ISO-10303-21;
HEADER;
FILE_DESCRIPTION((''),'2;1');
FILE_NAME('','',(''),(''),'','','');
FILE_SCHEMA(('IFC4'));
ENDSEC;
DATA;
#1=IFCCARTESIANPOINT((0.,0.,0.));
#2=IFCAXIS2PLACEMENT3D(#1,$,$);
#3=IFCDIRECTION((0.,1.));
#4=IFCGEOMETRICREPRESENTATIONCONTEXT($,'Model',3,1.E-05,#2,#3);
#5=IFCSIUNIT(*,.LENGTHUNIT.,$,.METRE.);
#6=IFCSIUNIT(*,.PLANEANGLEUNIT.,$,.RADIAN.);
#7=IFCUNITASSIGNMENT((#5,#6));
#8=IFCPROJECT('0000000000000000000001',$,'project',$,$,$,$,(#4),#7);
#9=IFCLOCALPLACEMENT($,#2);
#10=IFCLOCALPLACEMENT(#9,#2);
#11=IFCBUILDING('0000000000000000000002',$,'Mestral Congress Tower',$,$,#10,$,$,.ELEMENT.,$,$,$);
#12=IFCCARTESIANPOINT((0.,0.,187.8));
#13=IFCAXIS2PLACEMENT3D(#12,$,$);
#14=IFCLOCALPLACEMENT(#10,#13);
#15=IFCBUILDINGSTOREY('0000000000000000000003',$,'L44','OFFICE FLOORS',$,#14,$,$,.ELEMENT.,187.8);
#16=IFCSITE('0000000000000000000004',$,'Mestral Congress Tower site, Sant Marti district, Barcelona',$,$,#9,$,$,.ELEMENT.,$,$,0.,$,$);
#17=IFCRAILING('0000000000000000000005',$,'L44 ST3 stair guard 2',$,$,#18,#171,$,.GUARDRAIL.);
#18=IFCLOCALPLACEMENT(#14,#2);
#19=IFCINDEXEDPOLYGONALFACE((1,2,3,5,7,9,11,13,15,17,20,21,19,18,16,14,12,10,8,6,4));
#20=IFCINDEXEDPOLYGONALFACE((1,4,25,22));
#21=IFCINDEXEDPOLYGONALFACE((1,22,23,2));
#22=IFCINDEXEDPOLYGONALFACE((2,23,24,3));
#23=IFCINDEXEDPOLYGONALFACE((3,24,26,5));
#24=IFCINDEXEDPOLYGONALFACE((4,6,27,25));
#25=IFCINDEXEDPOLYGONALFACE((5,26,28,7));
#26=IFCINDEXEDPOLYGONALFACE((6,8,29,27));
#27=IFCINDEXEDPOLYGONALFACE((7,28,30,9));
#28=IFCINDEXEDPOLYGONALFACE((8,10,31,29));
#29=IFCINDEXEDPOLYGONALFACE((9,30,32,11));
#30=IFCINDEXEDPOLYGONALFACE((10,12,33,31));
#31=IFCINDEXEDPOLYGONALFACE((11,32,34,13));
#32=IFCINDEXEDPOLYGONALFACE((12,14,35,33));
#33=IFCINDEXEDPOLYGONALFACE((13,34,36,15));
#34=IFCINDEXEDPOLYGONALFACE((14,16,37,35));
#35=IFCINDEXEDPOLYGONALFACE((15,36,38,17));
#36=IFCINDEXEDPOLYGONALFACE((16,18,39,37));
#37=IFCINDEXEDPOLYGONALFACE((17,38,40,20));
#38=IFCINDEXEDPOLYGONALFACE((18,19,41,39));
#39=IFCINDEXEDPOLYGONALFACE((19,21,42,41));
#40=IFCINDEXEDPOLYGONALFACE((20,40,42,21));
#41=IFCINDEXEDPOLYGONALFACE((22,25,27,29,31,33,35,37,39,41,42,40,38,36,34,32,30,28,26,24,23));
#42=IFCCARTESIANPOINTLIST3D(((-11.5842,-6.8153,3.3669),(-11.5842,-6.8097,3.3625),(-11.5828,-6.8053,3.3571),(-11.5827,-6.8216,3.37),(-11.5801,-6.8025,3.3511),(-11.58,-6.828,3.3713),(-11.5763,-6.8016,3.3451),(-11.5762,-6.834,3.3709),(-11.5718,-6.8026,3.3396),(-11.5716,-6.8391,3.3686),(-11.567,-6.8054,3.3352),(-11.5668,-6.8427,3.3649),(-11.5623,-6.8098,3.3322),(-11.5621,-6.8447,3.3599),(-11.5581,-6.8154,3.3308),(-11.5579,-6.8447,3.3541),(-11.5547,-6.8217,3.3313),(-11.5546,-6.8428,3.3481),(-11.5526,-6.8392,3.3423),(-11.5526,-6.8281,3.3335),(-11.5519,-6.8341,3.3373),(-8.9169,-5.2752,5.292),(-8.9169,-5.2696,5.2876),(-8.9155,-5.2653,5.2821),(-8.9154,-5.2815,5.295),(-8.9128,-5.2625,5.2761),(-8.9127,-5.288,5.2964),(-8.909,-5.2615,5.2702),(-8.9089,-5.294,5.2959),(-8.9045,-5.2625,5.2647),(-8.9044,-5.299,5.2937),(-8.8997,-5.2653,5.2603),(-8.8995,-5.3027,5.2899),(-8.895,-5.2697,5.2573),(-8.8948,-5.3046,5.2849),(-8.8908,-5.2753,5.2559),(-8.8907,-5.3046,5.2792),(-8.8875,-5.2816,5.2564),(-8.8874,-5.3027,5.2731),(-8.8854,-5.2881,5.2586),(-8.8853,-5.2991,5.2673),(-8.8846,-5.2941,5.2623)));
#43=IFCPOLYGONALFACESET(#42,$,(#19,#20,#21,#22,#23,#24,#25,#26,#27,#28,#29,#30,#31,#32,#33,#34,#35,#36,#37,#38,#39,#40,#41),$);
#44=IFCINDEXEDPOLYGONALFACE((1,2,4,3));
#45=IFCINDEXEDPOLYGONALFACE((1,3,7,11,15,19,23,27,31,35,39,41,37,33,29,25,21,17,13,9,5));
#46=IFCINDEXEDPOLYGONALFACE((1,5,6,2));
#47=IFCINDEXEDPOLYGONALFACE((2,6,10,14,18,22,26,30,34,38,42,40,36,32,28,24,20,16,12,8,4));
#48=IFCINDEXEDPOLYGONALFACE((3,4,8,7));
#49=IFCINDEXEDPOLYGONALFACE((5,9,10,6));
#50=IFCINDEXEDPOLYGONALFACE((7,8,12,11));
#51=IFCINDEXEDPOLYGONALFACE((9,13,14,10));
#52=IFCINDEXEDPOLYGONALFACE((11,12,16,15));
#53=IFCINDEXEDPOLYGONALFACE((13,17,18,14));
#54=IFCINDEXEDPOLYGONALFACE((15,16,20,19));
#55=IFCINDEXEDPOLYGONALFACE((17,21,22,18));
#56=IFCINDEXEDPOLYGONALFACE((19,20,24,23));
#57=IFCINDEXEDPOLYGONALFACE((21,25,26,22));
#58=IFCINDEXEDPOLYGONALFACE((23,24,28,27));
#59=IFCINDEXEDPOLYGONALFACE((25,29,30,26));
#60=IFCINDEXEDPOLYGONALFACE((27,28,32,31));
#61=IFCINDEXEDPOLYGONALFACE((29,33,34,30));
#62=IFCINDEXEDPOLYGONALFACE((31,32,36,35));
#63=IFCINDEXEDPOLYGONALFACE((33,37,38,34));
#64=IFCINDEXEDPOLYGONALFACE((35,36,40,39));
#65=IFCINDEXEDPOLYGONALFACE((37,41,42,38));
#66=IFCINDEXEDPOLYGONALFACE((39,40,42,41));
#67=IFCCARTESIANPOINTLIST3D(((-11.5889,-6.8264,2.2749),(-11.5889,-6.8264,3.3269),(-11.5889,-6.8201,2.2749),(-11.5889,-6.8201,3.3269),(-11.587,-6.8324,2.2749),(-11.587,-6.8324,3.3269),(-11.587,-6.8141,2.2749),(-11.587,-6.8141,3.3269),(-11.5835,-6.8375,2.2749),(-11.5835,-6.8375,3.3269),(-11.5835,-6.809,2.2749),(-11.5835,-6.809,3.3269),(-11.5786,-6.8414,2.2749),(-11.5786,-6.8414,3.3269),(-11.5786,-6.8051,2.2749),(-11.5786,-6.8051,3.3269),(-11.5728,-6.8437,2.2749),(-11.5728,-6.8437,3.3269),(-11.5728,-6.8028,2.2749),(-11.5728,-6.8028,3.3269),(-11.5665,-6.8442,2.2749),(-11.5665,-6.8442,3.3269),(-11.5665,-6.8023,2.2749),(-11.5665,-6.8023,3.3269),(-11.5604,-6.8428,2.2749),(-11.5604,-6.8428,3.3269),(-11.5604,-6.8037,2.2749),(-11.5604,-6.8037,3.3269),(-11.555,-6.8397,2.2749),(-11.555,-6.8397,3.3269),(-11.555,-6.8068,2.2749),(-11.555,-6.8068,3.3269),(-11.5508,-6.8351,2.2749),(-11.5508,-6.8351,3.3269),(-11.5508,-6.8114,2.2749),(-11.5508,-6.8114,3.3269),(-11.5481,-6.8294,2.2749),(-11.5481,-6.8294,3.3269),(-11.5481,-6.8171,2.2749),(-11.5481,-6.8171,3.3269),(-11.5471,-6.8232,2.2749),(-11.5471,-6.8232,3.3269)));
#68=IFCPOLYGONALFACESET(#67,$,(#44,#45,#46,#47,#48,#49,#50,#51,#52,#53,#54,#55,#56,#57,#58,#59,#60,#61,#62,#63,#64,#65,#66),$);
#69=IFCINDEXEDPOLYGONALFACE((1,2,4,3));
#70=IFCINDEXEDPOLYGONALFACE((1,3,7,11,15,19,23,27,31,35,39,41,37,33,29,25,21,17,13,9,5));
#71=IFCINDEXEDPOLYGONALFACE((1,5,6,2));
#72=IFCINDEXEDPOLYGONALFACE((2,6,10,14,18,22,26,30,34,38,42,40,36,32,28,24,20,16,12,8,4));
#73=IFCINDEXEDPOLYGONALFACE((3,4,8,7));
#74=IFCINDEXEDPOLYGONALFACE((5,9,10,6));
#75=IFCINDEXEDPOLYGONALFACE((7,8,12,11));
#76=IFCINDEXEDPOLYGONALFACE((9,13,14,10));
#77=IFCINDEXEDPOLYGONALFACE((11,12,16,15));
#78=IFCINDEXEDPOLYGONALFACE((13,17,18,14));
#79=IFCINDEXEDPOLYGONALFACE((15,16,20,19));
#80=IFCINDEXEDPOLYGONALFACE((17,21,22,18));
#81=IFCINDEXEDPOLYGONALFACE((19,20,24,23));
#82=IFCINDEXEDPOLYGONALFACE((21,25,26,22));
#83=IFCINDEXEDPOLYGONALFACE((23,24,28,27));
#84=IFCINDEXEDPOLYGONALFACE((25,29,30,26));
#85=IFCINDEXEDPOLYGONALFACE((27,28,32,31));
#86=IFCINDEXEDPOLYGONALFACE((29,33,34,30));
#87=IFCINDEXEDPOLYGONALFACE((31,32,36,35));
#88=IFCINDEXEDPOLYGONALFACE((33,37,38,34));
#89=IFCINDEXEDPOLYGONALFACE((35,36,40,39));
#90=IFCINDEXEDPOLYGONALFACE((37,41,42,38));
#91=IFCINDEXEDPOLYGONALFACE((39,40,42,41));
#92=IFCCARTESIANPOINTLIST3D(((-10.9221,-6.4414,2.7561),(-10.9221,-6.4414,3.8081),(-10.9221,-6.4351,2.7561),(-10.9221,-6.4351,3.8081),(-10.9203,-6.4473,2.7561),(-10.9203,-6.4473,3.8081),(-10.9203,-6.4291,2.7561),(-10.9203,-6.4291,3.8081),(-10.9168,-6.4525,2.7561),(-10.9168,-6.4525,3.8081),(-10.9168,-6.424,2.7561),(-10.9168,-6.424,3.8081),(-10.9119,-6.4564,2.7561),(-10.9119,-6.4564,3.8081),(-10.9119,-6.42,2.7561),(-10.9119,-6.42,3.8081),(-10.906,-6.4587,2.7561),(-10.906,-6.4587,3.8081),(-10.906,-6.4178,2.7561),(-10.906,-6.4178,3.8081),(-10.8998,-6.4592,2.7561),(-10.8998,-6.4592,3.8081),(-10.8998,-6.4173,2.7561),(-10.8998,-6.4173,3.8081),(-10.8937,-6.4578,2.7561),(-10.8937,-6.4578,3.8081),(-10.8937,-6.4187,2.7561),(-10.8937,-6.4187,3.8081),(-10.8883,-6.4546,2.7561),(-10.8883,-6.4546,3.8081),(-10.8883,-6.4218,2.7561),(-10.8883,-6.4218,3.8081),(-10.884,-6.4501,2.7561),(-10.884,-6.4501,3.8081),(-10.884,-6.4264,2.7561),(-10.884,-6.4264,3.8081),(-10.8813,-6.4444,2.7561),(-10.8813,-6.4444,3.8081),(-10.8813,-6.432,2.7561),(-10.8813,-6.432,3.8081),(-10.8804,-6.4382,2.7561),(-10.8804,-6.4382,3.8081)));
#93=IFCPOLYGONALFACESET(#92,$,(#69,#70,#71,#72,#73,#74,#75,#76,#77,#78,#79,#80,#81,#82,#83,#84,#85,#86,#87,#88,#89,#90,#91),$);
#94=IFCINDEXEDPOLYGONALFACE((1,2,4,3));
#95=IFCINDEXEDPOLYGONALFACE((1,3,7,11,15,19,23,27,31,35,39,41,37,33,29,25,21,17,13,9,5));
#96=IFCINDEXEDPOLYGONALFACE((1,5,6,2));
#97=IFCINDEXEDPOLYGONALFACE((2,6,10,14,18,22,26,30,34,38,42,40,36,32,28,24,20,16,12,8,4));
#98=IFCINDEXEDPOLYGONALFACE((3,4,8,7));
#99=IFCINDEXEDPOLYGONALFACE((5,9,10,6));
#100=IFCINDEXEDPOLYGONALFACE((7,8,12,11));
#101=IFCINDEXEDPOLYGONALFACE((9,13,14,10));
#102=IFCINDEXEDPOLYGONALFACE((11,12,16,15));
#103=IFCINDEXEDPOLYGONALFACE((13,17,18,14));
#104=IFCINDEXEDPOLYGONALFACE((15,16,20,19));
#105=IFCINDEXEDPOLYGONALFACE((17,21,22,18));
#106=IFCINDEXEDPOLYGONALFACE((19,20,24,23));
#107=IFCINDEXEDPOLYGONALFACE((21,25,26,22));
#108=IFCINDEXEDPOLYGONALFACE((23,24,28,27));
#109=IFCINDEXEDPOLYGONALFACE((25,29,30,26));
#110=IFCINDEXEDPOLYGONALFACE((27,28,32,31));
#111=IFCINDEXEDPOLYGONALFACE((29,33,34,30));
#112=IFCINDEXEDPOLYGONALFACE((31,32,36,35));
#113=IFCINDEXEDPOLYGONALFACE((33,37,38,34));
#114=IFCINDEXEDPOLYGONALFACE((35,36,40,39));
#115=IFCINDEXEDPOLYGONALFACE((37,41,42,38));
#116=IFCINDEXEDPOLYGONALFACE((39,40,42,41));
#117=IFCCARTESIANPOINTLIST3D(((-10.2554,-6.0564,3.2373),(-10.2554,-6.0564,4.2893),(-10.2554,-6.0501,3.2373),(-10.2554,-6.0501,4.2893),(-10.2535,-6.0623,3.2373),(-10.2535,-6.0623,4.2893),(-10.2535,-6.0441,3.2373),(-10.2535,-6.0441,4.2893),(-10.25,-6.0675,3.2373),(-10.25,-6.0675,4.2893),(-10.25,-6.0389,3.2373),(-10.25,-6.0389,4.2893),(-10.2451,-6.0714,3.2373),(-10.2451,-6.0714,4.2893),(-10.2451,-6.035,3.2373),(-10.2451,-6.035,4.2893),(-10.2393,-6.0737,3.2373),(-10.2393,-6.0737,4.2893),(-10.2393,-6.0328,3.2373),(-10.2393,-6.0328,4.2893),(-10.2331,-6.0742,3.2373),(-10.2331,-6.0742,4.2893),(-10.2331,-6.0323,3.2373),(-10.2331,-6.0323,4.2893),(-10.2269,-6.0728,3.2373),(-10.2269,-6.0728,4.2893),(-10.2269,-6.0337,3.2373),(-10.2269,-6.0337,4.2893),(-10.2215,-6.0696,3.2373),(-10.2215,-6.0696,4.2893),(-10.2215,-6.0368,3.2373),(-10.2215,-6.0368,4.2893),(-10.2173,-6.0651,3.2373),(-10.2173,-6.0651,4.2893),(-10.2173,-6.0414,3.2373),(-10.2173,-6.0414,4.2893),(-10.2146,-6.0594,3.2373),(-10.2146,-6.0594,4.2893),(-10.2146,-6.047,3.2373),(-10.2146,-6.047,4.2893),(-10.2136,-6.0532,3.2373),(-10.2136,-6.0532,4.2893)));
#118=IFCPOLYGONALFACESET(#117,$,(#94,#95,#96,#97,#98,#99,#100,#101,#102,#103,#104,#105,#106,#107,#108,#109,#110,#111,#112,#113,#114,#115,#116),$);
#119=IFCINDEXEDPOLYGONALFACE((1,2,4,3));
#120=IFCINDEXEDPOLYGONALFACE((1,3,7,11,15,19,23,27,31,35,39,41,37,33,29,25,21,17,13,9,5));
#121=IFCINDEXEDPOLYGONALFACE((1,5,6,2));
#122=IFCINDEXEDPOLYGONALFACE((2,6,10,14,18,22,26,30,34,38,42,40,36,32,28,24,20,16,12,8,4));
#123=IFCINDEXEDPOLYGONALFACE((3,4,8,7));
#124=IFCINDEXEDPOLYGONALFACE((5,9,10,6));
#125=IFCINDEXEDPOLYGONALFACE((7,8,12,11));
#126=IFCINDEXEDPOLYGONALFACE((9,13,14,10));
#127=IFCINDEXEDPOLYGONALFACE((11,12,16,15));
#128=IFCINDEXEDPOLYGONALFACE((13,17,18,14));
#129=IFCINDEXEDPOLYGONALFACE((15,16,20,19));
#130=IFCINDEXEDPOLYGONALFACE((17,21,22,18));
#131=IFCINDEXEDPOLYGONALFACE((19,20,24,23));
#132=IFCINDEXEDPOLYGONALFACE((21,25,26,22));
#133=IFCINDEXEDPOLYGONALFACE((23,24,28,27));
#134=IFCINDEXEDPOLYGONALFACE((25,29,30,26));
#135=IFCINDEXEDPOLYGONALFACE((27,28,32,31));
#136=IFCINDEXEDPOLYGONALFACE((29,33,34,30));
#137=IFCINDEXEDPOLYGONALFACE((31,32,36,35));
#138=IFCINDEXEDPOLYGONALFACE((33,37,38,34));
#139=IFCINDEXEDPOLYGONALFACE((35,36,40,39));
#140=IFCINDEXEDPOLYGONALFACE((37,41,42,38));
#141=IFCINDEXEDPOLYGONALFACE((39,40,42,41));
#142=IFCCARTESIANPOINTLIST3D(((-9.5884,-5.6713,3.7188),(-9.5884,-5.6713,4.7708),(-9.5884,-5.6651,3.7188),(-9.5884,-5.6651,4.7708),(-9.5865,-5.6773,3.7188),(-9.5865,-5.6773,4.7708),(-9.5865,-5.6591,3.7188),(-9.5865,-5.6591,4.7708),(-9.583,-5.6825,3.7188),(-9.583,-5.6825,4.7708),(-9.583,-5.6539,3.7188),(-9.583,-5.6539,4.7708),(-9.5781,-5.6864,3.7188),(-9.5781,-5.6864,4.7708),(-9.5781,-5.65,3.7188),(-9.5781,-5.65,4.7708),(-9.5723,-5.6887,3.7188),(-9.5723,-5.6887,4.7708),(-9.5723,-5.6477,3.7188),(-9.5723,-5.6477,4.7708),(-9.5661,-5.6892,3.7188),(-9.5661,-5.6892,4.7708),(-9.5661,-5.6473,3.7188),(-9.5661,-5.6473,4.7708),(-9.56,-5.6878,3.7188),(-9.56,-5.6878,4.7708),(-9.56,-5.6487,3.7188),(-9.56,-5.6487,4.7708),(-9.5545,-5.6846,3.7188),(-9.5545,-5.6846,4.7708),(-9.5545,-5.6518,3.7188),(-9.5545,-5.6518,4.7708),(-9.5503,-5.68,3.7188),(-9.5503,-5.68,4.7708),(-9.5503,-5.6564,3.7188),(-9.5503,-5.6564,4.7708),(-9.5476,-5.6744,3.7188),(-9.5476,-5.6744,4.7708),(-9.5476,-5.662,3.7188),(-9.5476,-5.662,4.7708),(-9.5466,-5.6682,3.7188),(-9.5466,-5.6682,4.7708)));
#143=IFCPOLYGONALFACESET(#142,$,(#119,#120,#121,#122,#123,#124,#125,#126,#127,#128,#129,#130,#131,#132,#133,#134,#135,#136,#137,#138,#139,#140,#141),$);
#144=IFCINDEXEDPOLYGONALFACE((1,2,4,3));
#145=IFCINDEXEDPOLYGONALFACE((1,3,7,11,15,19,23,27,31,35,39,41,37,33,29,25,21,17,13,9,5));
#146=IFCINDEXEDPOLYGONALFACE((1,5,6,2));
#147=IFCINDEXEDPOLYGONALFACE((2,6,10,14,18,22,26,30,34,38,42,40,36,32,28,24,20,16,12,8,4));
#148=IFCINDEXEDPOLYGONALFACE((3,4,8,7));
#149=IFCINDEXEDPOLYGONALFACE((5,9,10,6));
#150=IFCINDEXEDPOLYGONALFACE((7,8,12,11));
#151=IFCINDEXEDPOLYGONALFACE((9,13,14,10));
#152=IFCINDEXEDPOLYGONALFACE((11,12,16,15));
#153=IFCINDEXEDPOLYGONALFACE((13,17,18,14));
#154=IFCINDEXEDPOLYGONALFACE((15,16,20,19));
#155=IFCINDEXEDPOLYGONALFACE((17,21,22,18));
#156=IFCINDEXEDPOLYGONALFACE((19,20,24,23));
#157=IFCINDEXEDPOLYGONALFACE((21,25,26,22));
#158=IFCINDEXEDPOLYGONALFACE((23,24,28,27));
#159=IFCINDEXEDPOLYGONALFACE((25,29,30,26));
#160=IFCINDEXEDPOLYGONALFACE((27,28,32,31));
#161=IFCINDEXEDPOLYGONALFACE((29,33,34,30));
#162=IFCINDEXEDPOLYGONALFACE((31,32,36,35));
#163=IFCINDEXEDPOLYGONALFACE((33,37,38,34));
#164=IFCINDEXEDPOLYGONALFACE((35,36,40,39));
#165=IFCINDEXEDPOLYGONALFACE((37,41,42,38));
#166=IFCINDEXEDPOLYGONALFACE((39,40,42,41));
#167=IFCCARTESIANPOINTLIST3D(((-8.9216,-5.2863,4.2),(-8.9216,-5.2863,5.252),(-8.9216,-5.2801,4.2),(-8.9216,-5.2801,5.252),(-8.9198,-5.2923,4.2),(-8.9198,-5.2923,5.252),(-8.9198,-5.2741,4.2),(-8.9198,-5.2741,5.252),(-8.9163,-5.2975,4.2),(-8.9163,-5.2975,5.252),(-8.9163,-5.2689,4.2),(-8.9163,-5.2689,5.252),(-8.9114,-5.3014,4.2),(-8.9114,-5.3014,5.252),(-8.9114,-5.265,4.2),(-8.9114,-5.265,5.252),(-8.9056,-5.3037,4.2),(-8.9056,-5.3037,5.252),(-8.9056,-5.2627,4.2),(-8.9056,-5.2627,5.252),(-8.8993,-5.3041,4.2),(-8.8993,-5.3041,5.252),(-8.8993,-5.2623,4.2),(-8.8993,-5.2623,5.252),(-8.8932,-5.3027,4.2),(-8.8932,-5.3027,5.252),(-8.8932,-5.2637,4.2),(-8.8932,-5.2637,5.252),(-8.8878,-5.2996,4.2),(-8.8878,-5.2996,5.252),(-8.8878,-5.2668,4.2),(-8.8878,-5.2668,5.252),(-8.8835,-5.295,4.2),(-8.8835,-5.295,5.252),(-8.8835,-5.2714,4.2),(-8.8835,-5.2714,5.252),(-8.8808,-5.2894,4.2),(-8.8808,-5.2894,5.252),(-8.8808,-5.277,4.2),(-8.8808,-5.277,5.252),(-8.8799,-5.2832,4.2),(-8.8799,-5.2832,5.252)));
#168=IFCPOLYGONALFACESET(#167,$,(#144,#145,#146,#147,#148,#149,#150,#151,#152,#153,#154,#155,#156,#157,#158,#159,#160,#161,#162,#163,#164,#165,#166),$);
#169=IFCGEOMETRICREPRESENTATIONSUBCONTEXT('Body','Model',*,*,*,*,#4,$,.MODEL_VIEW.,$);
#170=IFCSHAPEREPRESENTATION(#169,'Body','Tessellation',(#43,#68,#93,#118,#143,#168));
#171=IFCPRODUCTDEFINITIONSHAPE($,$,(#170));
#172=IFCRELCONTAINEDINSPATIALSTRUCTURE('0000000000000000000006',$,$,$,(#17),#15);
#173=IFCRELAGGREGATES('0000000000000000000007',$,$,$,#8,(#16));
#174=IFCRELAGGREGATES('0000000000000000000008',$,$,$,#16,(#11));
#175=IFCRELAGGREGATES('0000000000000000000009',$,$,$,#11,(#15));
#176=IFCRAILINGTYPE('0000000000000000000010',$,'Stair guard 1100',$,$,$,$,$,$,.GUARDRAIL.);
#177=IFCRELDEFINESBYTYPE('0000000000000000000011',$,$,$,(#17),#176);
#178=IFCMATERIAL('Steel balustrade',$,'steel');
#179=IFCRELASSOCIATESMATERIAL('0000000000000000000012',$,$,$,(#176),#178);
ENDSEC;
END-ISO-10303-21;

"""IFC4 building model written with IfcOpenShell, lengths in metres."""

from ifc_helpers import new_model, si_unit, direction, frame, origin, origin_2d, place, context, subcontext, project, spatial, circle, extrude, material, type_object, element, save


model = new_model("IFC4")

# Units and contexts
model_context = context("Model", 3, precision=1e-05, world=origin(), true_north=direction((0.0, 1.0)))
body_context = subcontext(model_context, "Body", "Model", "MODEL_VIEW")
ifc_project = project(units=[si_unit("LENGTHUNIT", "METRE"), si_unit("PLANEANGLEUNIT", "RADIAN")], contexts=[model_context])

# Site, building, storey
site_placement = place(None, origin())
site = spatial("IfcSite", under=ifc_project, at=site_placement, Name="Mestral Congress Tower site, Sant Marti district, Barcelona", CompositionType="ELEMENT", RefElevation=0.0)
building_placement = place(site_placement, origin())
building = spatial("IfcBuilding", under=site, at=building_placement, Name="Mestral Congress Tower", CompositionType="ELEMENT")
storey_placement = place(building_placement, frame((0.0, 0.0, 187.8)))
storey = spatial("IfcBuildingStorey", under=building, at=storey_placement, Name="L44", Description="OFFICE FLOORS", CompositionType="ELEMENT", Elevation=187.8)

# Railing
ifc_material_1 = material(Name="Steel balustrade", Category="steel")
railing_type_1 = type_object("IfcRailingType", Name="Stair guard 1100", PredefinedType="GUARDRAIL", material=ifc_material_1)
railing_1_placement = place(storey_placement, frame((-11.5681, -6.8232, 2.2749)))
element("IfcRailing", 1, at=railing_1_placement, inside=storey, type_object=railing_type_1, Name="L44 ST3 stair guard 2", PredefinedType="GUARDRAIL", context=body_context, shape_type="SweptSolid", body=[
    extrude(circle(Radius=0.0239, at=origin_2d()), frame((0.0, 0.0, 1.0762), z_axis=(0.734364, 0.424015, 0.530019), x_axis=(-0.500027, 0.86601, 0.0)), (0.0, 0.0, 1.0), 3.6321),
    extrude(circle(Radius=0.021, at=origin_2d()), origin(), (0.0, 0.0, 1.0), 1.052),
    extrude(circle(Radius=0.021, at=origin_2d()), frame((0.6667, 0.385, 0.4812)), (0.0, 0.0, 1.0), 1.052),
    extrude(circle(Radius=0.021, at=origin_2d()), frame((1.3335, 0.77, 0.9624)), (0.0, 0.0, 1.0), 1.052),
    extrude(circle(Radius=0.021, at=origin_2d()), frame((2.0005, 1.155, 1.4438)), (0.0, 0.0, 1.0), 1.052),
    extrude(circle(Radius=0.021, at=origin_2d()), frame((2.6672, 1.54, 1.925)), (0.0, 0.0, 1.0), 1.052),
])

save(model, "model.ifc")
